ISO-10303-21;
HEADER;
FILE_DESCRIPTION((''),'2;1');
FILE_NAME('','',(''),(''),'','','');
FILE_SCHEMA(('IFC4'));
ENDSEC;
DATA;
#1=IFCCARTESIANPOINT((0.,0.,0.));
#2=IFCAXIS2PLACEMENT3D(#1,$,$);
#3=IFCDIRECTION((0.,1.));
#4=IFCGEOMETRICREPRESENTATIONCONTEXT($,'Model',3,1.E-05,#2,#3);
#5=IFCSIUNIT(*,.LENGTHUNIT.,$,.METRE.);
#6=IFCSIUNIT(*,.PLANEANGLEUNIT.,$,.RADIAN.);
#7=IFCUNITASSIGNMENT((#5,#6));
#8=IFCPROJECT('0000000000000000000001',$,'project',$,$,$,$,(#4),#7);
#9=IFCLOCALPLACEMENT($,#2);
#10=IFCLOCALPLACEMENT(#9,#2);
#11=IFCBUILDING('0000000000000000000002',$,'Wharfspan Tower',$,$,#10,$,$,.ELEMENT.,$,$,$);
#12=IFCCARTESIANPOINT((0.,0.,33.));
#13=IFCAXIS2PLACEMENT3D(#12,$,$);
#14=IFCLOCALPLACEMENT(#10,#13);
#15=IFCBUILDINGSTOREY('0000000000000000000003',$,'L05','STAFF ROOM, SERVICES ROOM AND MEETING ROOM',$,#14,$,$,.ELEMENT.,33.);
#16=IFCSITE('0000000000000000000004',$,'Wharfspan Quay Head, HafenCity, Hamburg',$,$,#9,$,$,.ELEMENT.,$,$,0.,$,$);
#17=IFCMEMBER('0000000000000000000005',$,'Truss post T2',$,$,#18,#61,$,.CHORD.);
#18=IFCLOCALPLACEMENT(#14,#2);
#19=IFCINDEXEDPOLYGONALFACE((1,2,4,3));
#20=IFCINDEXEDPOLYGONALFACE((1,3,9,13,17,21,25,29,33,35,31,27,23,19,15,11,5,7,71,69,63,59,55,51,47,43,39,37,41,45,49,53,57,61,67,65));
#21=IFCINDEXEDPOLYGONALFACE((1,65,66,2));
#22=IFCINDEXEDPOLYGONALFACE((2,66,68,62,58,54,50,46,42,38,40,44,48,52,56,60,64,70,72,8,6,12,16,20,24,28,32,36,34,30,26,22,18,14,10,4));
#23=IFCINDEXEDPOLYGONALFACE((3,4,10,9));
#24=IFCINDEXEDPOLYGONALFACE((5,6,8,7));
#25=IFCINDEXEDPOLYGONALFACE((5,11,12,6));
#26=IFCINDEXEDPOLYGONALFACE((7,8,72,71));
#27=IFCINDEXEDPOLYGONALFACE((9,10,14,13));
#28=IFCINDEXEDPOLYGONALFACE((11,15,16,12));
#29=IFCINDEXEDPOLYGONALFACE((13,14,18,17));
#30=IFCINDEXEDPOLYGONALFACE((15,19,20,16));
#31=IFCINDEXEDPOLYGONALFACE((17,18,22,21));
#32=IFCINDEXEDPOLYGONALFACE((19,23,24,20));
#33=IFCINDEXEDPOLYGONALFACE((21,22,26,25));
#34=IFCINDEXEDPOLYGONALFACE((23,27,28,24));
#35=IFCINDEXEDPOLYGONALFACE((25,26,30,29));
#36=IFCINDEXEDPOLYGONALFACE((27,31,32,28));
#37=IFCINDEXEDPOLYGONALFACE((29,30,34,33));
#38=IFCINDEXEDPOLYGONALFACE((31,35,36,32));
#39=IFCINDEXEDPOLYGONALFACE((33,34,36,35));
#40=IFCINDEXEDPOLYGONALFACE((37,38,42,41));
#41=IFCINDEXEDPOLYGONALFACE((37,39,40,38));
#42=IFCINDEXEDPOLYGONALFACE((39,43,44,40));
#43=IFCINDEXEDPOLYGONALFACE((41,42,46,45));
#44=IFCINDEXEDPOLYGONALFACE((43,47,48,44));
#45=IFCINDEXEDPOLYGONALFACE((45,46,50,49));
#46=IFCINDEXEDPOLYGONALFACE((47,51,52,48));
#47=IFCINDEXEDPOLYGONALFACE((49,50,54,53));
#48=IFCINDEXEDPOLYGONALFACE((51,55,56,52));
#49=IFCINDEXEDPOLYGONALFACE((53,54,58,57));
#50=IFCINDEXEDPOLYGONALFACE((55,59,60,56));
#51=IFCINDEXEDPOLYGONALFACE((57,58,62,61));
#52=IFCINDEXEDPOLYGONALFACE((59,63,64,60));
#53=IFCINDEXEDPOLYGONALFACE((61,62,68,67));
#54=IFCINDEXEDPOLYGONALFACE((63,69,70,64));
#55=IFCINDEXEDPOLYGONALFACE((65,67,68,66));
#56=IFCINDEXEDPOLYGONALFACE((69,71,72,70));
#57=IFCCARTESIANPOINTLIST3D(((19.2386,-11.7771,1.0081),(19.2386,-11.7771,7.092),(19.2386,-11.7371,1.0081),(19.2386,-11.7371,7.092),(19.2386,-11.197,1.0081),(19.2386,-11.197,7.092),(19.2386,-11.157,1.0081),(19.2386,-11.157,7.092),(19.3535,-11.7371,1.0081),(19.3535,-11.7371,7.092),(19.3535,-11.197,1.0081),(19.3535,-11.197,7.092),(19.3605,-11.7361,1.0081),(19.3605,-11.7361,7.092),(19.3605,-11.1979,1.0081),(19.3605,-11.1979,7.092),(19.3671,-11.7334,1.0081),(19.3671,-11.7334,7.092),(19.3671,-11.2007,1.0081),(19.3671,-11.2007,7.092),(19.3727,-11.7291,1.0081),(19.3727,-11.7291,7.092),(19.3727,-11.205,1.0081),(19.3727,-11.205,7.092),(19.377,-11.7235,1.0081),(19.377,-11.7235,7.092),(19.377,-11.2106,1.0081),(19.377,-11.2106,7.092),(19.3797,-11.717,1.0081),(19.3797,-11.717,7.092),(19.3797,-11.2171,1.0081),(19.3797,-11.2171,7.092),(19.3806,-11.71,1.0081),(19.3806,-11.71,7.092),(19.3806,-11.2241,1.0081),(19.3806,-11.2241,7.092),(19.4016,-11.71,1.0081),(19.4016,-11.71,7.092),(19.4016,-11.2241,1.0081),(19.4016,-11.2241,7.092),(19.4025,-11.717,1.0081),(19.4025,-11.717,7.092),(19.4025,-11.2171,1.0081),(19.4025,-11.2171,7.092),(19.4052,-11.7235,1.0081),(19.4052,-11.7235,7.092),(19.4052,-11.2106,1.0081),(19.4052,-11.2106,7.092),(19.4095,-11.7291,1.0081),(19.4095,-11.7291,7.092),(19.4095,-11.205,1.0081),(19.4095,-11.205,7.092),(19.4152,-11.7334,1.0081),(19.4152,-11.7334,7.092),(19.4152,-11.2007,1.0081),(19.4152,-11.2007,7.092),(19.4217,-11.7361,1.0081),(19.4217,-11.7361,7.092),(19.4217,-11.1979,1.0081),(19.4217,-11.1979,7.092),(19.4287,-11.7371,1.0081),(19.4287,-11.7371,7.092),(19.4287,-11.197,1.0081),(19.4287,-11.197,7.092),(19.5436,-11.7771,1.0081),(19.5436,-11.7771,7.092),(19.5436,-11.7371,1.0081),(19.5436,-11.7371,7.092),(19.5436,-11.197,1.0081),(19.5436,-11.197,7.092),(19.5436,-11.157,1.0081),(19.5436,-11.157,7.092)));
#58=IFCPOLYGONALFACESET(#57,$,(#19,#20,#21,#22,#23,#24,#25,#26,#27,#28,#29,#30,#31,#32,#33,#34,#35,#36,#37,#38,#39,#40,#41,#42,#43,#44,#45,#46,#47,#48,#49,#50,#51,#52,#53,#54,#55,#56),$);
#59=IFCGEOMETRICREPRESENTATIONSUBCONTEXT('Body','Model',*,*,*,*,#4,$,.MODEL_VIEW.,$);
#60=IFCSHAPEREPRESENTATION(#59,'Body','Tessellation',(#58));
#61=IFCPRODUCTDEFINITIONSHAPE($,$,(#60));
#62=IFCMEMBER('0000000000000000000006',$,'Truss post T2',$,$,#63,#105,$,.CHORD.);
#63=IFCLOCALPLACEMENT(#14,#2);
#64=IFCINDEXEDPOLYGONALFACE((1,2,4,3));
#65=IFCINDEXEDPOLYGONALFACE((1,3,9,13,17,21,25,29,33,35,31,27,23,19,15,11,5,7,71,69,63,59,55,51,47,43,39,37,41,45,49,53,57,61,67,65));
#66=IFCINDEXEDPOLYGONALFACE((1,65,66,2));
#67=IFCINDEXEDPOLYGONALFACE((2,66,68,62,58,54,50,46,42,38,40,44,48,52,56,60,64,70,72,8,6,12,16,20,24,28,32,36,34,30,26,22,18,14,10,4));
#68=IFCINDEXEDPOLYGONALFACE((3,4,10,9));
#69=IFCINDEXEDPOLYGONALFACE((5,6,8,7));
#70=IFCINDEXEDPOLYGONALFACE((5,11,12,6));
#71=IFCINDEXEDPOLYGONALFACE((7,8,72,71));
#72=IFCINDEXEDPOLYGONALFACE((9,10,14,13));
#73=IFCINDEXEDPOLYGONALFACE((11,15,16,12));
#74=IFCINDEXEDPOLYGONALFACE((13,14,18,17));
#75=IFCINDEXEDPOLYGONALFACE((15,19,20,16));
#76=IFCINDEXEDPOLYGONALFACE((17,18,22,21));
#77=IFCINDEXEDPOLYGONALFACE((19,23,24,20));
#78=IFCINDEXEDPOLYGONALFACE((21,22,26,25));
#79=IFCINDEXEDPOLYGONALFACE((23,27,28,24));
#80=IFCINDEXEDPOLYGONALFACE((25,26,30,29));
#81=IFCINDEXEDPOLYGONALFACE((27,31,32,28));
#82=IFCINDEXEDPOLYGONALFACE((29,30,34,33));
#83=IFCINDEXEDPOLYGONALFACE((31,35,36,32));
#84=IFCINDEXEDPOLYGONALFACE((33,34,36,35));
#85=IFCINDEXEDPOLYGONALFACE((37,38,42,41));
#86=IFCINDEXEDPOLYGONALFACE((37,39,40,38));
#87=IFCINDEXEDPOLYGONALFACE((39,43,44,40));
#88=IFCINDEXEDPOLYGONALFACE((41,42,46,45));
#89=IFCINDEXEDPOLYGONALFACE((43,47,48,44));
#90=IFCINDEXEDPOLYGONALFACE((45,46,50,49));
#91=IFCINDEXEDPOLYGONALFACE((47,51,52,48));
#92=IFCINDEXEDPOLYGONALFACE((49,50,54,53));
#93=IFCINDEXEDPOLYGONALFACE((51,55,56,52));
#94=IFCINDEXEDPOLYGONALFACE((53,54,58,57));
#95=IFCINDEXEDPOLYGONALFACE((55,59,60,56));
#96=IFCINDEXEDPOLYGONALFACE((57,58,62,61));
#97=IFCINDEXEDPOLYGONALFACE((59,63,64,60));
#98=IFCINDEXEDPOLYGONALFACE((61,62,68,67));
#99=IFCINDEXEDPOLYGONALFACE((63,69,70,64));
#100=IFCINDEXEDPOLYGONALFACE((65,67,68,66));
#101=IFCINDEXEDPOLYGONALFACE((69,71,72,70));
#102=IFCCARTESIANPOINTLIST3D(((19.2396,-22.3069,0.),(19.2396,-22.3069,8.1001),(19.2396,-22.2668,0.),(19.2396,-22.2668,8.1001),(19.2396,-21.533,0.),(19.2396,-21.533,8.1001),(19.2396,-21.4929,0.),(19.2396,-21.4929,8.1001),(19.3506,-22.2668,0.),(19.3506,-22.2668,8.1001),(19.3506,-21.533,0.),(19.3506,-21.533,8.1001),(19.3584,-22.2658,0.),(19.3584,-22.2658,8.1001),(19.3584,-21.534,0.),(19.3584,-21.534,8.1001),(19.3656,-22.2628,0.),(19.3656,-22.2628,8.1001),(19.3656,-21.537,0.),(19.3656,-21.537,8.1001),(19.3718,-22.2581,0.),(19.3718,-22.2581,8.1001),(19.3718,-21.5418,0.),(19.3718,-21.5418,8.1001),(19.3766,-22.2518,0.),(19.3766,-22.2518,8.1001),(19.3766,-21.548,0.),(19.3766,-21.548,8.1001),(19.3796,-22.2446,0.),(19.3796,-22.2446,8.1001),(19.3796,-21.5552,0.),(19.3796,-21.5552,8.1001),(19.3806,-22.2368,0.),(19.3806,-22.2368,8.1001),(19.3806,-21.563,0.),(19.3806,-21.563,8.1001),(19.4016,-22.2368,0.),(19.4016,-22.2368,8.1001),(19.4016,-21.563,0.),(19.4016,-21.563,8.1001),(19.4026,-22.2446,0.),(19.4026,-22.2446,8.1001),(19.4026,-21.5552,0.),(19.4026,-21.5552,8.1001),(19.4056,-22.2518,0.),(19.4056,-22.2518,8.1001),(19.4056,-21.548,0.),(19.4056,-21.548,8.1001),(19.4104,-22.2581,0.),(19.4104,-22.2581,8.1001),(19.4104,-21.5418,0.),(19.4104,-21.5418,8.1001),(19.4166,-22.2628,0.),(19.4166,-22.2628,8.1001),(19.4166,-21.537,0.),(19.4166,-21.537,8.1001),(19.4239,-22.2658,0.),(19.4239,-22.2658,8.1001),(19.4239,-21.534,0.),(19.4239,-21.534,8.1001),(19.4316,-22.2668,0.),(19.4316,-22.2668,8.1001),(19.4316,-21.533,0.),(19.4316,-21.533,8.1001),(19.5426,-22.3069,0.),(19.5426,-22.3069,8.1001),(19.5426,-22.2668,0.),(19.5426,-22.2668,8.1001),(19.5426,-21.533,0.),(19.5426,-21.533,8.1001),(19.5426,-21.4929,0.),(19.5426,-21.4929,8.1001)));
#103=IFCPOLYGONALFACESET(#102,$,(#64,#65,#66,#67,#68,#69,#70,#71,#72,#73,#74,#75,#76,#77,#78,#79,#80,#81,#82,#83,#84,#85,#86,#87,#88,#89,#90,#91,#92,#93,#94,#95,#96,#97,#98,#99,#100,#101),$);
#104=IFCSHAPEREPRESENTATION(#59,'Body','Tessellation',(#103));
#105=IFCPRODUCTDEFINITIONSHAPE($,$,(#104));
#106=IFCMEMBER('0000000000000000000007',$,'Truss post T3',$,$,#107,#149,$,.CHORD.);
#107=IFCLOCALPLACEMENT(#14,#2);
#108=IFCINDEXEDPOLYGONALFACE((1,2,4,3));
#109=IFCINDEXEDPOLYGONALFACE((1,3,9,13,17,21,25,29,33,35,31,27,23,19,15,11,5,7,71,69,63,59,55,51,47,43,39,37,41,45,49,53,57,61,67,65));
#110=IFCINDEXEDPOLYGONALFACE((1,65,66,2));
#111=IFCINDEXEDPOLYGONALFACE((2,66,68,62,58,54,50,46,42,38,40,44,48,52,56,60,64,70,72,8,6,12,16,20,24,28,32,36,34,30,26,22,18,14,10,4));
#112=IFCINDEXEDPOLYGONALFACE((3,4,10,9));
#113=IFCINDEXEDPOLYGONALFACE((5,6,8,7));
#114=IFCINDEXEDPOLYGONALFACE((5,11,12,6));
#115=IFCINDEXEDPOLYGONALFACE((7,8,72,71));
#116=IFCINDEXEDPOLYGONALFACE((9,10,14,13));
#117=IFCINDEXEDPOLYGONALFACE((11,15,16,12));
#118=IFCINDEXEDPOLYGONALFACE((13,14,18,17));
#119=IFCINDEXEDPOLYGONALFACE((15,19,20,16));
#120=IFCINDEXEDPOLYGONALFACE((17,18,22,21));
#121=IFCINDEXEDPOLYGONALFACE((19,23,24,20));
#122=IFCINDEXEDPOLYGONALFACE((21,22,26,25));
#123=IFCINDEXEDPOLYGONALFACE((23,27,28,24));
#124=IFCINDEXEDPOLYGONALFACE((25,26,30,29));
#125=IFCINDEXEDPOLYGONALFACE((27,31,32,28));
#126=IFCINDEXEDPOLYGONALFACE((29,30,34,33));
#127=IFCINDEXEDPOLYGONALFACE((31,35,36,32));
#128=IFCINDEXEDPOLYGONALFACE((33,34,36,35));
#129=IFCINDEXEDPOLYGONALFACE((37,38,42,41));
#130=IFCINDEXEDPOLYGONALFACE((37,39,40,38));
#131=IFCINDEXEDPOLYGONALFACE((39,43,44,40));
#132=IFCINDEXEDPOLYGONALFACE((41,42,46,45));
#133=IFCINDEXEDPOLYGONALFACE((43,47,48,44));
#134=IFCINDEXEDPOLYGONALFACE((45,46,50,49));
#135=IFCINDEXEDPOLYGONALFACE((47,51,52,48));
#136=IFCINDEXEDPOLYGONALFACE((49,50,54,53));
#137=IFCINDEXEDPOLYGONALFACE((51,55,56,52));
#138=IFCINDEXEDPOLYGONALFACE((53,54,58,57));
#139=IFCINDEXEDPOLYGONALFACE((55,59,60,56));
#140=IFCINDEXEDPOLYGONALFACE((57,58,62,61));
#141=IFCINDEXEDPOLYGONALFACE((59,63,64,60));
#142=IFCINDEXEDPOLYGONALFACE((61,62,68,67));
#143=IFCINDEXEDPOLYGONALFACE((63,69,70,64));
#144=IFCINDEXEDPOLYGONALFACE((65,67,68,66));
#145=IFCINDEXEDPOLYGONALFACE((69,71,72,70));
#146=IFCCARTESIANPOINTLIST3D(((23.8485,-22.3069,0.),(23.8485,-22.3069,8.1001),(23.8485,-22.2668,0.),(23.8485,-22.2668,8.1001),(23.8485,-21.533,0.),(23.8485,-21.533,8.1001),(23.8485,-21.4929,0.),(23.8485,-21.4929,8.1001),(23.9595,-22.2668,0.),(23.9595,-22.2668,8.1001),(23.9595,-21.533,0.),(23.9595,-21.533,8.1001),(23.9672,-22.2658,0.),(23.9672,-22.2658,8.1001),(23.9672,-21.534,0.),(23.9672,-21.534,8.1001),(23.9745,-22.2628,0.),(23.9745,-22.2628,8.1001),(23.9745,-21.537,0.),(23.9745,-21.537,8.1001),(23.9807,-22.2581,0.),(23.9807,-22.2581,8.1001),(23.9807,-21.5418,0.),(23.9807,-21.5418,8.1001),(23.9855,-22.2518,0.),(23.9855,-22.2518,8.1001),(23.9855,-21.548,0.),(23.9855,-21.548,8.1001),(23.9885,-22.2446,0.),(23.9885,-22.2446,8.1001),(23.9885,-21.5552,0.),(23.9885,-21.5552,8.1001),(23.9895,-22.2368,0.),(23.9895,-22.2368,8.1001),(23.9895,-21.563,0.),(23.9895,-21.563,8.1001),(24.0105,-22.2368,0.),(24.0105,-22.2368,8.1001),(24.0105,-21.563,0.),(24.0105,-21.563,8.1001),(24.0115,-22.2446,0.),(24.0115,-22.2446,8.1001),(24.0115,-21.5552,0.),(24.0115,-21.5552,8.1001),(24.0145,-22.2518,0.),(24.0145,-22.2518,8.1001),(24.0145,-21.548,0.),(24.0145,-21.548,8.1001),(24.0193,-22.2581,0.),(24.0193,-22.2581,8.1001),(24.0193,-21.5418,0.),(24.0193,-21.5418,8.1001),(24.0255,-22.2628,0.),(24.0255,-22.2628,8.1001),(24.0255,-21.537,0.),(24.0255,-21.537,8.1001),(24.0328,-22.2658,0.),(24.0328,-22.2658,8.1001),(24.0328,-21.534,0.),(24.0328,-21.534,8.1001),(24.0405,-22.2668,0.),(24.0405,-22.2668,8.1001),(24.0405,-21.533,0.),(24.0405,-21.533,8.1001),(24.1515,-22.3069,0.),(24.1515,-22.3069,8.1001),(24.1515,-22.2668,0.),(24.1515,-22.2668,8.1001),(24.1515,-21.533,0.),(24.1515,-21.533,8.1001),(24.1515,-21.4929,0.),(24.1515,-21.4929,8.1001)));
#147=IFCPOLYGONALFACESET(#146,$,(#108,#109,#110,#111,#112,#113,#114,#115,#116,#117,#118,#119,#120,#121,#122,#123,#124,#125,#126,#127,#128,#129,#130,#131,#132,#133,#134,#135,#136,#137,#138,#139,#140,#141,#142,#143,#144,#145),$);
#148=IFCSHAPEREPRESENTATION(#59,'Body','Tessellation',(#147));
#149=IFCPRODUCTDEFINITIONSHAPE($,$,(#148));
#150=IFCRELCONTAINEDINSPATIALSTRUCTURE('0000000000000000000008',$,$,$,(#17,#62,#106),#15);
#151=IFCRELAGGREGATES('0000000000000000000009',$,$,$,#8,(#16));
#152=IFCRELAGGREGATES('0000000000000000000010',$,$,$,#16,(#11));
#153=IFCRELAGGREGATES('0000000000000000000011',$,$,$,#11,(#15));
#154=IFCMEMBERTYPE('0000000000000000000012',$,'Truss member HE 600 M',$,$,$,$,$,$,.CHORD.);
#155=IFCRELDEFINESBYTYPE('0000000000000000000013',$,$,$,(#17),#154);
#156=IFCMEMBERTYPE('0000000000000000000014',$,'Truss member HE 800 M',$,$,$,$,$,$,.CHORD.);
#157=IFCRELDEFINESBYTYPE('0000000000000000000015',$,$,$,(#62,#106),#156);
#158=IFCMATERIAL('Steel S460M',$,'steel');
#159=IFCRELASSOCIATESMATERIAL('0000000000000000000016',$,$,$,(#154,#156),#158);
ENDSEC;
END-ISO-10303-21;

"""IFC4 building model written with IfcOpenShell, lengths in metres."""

from ifc_helpers import new_model, si_unit, direction, frame, origin, origin_2d, place, context, subcontext, project, spatial, i_section, extrude, material, material_profile, profile_set, type_object, element, save


model = new_model("IFC4")

# Units and contexts
model_context = context("Model", 3, precision=1e-05, world=origin(), true_north=direction((0.0, 1.0)))
body_context = subcontext(model_context, "Body", "Model", "MODEL_VIEW")
ifc_project = project(units=[si_unit("LENGTHUNIT", "METRE"), si_unit("PLANEANGLEUNIT", "RADIAN")], contexts=[model_context])

# Site, building, storey
site_placement = place(None, origin())
site = spatial("IfcSite", under=ifc_project, at=site_placement, Name="Wharfspan Quay Head, HafenCity, Hamburg", CompositionType="ELEMENT", RefElevation=0.0)
building_placement = place(site_placement, origin())
building = spatial("IfcBuilding", under=site, at=building_placement, Name="Wharfspan Tower", CompositionType="ELEMENT")
storey_placement = place(building_placement, frame((0.0, 0.0, 33.0)))
storey = spatial("IfcBuildingStorey", under=building, at=storey_placement, Name="L05", Description="STAFF ROOM, SERVICES ROOM AND MEETING ROOM", CompositionType="ELEMENT", Elevation=33.0)

# Members
ifc_material_1 = material(Name="Steel S460M", Category="steel")
ifc_material_profile_1 = material_profile(ifc_material_1, i_section(OverallWidth=0.3049, OverallDepth=0.6201, WebThickness=0.021, FlangeThickness=0.04, FilletRadius=0.0271, at=origin_2d()))
ifc_profile_set_1 = profile_set([ifc_material_profile_1], Name="Steel S460M")
member_type_1 = type_object("IfcMemberType", Name="Truss member HE 600 M", PredefinedType="CHORD", material=ifc_profile_set_1)
for number, where, z_axis, x_axis, name in (
    (1, (19.3911, -11.467, 1.0081), (0.0, 0.0, 1.0), (1.0, 0.0, 0.0), "Truss post T2"),
):
    element("IfcMember", number, at=place(storey_placement, frame(where, z_axis=z_axis, x_axis=x_axis)), inside=storey, type_object=member_type_1, Name=name, PredefinedType="CHORD", context=body_context, shape_type="SweptSolid", body=[
        extrude(i_section(OverallWidth=0.3049, OverallDepth=0.6201, WebThickness=0.021, FlangeThickness=0.04, FilletRadius=0.0271, at=origin_2d()), origin(), (0.0, 0.0, 1.0), 6.084),
    ])
ifc_material_profile_2 = material_profile(ifc_material_1, i_section(OverallWidth=0.303, OverallDepth=0.814, WebThickness=0.021, FlangeThickness=0.04, FilletRadius=0.03, at=origin_2d()))
ifc_profile_set_2 = profile_set([ifc_material_profile_2], Name="Steel S460M")
member_type_2 = type_object("IfcMemberType", Name="Truss member HE 800 M", PredefinedType="CHORD", material=ifc_profile_set_2)
for number, where, z_axis, x_axis, name in (
    (2, (19.3911, -21.8999, 0.0), (0.0, 0.0, 1.0), (1.0, 0.0, 0.0), "Truss post T2"),
    (3, (24.0, -21.8999, 0.0), (0.0, 0.0, 1.0), (1.0, 0.0, 0.0), "Truss post T3"),
):
    element("IfcMember", number, at=place(storey_placement, frame(where, z_axis=z_axis, x_axis=x_axis)), inside=storey, type_object=member_type_2, Name=name, PredefinedType="CHORD", context=body_context, shape_type="SweptSolid", body=[
        extrude(i_section(OverallWidth=0.303, OverallDepth=0.814, WebThickness=0.021, FlangeThickness=0.04, FilletRadius=0.03, at=origin_2d()), origin(), (0.0, 0.0, 1.0), 8.1001),
    ])

save(model, "model.ifc")
